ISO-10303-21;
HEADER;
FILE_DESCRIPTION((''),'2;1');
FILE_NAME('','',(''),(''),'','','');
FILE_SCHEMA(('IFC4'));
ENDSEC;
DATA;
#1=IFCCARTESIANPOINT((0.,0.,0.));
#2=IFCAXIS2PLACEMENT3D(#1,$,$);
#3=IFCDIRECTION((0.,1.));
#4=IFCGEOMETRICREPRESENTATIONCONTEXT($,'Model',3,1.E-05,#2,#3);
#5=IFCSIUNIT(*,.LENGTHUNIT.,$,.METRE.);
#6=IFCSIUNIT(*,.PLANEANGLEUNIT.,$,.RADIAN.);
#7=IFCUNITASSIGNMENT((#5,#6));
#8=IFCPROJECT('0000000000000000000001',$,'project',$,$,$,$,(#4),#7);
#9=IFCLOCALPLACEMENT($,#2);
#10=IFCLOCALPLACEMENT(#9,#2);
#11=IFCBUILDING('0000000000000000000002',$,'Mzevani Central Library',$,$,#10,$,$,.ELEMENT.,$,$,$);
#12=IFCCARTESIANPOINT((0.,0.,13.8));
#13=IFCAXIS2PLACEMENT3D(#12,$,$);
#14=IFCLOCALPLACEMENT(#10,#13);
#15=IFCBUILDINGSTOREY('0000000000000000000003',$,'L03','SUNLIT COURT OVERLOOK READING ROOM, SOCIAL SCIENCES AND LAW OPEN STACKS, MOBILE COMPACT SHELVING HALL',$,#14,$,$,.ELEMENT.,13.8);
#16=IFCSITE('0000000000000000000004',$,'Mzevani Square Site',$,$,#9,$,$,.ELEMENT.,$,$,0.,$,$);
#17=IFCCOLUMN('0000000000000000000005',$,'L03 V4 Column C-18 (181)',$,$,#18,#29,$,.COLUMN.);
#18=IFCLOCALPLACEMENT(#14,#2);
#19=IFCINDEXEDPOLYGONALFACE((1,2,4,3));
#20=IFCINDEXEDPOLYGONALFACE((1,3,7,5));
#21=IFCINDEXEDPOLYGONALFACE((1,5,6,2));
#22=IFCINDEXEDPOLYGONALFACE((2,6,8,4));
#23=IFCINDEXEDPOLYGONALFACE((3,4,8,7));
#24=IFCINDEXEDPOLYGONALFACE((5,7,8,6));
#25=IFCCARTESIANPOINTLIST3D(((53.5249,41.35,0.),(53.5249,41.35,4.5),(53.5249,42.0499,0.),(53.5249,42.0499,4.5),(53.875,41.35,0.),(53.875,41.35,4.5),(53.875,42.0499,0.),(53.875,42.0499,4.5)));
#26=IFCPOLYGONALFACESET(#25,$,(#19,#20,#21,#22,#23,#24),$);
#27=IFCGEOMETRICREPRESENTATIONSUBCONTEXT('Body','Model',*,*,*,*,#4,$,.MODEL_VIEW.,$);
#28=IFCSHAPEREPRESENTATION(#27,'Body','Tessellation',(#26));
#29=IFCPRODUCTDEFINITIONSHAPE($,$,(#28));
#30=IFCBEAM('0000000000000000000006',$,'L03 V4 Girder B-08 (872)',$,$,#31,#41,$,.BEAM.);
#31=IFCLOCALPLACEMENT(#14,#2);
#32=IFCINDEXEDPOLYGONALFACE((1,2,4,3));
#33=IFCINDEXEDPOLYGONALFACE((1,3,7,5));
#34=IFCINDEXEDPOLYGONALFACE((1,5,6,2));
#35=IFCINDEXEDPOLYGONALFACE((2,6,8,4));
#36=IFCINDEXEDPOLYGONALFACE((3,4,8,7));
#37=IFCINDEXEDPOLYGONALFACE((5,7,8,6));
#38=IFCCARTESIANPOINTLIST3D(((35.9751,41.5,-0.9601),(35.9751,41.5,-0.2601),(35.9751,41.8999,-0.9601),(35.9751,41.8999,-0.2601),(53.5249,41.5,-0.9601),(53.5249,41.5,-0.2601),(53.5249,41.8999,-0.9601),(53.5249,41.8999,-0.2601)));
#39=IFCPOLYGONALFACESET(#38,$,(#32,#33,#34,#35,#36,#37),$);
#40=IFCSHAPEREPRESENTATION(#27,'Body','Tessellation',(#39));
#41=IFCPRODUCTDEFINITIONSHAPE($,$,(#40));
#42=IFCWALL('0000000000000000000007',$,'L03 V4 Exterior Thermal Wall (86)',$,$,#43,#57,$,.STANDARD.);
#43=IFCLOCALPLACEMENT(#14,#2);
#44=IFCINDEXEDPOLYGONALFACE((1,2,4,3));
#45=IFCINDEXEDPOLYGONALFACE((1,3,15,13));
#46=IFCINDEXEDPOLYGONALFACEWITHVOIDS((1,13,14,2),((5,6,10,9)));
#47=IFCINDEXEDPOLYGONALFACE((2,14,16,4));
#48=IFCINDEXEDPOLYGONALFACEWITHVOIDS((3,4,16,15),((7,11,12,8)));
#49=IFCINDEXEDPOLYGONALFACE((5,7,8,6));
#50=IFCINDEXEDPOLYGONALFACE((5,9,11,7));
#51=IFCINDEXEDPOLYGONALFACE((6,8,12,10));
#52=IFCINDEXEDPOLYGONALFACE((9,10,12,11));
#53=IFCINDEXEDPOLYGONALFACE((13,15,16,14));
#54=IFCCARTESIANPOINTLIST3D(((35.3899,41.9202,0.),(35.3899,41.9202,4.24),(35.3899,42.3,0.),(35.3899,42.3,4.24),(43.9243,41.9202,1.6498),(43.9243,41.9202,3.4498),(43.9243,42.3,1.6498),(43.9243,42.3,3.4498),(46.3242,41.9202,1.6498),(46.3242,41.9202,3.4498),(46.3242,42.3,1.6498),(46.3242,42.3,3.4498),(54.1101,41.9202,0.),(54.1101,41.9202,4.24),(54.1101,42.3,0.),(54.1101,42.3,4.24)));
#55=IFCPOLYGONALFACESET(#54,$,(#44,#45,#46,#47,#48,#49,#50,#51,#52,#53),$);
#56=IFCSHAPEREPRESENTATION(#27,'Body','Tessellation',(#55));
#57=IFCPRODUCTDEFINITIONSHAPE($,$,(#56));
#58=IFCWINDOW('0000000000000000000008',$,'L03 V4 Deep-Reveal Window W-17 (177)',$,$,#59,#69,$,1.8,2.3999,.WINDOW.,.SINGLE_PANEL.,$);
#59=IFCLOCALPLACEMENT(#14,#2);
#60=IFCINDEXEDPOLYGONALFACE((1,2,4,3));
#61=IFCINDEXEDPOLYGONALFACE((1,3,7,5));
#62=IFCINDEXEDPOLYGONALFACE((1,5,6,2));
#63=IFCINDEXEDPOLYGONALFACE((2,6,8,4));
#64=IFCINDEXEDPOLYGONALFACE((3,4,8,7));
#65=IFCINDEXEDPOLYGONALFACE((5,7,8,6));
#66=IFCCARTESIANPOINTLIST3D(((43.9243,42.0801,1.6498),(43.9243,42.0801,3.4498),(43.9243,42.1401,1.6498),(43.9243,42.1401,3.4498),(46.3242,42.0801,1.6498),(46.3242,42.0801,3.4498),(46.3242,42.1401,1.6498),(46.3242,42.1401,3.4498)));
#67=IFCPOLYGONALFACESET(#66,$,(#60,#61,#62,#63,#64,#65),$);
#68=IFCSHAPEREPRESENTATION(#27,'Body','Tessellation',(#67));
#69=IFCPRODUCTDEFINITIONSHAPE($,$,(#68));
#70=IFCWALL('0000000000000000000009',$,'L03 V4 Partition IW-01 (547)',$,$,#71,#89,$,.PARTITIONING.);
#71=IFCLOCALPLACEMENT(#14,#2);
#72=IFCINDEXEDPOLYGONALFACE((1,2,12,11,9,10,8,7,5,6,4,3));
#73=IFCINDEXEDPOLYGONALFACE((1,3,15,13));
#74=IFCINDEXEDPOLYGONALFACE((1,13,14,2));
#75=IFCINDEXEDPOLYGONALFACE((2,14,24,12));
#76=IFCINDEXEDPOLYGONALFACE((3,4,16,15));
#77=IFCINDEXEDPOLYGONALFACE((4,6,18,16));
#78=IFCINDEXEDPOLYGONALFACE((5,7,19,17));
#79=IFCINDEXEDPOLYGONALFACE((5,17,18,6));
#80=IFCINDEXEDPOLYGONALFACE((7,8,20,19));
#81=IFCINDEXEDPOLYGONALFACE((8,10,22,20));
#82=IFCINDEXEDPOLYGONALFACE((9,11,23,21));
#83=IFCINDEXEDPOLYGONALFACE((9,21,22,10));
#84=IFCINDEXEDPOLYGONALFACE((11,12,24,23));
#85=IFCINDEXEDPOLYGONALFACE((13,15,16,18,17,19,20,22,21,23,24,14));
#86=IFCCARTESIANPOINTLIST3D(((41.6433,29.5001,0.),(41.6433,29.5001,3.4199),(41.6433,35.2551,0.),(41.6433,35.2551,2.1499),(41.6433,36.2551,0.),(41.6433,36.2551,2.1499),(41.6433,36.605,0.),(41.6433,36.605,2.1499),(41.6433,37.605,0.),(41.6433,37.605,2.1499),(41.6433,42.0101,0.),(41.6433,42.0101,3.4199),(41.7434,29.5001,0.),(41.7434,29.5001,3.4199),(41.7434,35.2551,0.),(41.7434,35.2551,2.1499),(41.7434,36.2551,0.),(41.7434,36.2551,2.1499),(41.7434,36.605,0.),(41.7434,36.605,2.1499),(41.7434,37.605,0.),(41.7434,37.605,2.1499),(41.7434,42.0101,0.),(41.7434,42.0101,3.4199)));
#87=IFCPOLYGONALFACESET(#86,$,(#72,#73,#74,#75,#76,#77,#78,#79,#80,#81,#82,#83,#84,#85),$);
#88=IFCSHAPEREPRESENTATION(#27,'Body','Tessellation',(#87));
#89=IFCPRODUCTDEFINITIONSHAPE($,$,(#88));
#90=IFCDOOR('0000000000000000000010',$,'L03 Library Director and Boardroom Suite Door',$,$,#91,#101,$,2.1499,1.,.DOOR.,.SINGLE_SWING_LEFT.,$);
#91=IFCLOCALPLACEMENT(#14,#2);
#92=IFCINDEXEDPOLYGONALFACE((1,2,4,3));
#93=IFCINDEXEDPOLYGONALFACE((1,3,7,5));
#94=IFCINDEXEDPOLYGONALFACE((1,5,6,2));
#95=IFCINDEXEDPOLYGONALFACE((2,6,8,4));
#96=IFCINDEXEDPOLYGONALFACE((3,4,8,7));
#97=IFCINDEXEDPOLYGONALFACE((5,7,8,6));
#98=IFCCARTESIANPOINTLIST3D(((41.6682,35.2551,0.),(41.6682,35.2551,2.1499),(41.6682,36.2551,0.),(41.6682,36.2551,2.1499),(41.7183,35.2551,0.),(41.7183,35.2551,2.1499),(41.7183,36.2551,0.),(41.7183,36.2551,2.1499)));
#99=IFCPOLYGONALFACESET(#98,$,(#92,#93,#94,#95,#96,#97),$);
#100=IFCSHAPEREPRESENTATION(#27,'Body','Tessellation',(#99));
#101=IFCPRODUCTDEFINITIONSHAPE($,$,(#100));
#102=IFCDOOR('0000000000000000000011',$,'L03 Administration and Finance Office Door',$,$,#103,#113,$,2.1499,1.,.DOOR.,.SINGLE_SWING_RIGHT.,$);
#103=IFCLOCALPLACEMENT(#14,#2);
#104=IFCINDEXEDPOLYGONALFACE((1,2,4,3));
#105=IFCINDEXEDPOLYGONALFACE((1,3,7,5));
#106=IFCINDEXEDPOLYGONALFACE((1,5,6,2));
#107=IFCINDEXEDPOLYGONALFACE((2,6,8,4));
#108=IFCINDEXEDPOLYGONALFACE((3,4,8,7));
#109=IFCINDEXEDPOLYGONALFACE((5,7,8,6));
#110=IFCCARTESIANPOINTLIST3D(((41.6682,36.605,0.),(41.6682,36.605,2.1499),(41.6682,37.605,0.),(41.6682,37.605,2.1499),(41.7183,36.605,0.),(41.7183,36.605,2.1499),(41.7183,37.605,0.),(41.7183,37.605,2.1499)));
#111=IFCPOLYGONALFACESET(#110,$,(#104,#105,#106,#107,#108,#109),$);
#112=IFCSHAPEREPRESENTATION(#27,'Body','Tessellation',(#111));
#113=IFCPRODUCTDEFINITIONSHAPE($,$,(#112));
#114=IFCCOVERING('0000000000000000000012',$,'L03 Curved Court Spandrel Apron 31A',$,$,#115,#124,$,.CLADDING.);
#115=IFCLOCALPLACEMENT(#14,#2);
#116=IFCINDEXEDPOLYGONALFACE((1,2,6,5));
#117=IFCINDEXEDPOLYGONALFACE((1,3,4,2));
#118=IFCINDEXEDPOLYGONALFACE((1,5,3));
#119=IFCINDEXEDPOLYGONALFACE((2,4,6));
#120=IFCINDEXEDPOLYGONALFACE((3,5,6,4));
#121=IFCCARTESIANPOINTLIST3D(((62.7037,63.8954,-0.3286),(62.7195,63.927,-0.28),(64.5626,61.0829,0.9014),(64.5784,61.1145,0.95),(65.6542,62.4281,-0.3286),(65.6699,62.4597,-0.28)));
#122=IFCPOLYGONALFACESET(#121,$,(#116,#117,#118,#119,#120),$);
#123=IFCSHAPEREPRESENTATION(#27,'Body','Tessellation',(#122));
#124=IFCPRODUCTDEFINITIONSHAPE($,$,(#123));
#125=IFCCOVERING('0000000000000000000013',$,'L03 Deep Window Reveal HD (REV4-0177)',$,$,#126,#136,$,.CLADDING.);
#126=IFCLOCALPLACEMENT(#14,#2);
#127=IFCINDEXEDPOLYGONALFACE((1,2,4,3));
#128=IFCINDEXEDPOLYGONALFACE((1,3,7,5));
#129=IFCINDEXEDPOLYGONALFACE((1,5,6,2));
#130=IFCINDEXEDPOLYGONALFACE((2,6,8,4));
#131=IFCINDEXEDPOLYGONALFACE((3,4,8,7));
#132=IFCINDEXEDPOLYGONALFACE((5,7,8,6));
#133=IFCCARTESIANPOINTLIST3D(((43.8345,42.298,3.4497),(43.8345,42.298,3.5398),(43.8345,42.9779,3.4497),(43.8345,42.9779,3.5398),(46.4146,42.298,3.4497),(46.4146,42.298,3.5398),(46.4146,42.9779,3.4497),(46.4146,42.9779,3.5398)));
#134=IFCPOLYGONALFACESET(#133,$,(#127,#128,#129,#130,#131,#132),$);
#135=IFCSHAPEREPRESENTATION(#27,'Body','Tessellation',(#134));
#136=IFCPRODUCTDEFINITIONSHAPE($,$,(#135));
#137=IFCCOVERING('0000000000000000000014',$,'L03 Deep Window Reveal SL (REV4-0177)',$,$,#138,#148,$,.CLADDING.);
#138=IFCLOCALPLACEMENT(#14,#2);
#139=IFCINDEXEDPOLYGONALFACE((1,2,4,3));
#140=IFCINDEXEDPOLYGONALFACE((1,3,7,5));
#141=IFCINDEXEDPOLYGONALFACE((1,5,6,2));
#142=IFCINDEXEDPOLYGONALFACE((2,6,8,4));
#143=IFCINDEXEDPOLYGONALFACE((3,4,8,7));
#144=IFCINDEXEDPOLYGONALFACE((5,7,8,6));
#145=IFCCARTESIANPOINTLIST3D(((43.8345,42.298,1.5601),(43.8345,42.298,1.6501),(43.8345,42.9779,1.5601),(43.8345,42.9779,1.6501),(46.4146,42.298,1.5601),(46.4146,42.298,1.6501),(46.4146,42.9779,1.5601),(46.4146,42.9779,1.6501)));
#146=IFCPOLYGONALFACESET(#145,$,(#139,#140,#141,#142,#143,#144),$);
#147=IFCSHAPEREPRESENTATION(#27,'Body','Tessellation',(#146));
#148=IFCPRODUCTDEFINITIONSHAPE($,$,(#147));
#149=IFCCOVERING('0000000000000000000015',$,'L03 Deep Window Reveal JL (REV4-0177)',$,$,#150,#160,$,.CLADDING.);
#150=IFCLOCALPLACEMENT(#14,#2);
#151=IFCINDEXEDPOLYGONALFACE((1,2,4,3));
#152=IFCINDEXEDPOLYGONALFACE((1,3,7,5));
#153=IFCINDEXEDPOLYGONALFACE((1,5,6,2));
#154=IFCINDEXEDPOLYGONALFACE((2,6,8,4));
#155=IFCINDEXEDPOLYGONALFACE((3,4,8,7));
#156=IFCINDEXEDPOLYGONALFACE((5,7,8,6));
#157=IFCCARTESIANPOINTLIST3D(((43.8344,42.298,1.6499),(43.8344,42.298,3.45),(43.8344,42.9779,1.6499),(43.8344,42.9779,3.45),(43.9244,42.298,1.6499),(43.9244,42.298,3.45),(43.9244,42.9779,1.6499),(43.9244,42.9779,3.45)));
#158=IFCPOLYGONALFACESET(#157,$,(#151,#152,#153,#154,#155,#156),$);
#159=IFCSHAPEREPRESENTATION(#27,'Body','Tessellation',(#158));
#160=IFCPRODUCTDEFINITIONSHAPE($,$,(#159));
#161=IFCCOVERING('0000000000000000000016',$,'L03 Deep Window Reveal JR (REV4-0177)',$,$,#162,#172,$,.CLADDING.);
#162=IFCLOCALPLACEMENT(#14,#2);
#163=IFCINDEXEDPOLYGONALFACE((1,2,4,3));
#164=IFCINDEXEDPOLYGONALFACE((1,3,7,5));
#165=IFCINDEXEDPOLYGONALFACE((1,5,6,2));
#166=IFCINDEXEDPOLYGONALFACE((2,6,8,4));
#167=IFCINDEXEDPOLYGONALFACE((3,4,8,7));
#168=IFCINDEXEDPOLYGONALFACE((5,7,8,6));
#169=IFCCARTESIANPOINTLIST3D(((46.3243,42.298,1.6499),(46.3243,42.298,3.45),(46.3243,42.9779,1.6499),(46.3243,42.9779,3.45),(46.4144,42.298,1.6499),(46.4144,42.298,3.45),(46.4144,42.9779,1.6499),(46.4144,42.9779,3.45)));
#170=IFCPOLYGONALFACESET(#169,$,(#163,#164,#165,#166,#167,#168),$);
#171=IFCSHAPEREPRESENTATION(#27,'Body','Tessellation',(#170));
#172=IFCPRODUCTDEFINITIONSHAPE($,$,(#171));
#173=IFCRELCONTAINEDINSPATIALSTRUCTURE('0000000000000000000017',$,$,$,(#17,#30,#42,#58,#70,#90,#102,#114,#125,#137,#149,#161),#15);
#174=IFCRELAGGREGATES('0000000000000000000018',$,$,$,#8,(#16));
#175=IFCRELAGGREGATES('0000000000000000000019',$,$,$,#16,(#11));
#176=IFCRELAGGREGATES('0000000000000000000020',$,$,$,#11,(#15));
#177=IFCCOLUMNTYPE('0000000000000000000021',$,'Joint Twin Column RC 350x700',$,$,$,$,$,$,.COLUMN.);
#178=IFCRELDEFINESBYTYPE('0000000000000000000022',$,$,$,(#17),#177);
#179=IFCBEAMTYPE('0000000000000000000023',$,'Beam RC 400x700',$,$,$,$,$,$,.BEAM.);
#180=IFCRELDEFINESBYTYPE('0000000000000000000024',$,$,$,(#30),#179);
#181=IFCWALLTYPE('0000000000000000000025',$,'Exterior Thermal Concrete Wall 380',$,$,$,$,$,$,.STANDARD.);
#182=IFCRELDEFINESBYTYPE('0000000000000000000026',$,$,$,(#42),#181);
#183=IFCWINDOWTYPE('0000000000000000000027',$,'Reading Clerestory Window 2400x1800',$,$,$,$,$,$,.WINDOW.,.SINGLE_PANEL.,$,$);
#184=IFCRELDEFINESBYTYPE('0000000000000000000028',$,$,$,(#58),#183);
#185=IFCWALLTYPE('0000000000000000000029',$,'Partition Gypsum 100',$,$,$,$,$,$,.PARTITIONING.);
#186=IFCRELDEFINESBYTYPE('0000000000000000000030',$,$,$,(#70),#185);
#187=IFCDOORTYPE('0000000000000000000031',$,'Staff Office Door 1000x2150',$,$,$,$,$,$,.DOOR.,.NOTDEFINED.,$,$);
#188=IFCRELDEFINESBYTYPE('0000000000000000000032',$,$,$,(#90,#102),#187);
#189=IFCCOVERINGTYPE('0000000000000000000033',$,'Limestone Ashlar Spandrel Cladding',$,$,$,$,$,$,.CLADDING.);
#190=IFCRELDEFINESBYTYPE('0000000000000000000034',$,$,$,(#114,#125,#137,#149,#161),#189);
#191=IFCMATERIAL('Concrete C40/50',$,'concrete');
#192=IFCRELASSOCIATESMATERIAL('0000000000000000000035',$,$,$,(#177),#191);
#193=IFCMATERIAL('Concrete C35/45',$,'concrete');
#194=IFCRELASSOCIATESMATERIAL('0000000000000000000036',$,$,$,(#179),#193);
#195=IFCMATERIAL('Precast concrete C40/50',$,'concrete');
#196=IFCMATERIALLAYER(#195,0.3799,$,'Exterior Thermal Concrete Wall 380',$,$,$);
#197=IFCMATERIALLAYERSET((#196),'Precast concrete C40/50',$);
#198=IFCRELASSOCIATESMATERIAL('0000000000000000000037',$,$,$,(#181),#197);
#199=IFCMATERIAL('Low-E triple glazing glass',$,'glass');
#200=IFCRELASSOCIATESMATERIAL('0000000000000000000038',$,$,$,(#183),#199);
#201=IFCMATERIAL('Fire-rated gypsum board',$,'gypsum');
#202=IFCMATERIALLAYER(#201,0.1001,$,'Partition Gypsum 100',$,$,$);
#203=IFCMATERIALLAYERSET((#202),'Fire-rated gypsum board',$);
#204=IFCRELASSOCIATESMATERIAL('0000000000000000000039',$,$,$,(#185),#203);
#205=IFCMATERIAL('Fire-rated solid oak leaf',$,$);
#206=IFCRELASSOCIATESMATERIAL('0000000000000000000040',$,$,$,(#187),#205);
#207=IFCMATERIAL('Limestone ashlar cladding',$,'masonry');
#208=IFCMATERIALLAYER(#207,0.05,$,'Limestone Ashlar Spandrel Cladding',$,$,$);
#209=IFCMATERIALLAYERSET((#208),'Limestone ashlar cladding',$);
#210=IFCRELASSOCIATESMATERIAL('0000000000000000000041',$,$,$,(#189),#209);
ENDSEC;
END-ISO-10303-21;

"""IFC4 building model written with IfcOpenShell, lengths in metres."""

from ifc_helpers import new_model, si_unit, direction, frame, frame_2d, origin, origin_2d, place, context, subcontext, project, spatial, polyline, rectangle, outline, extrude, material, layer, layer_set, material_profile, profile_set, type_object, element, fill, save


model = new_model("IFC4")

# Units and contexts
model_context = context("Model", 3, precision=1e-05, world=origin(), true_north=direction((0.0, 1.0)))
body_context = subcontext(model_context, "Body", "Model", "MODEL_VIEW")
ifc_project = project(units=[si_unit("LENGTHUNIT", "METRE"), si_unit("PLANEANGLEUNIT", "RADIAN")], contexts=[model_context])

# Site, building, storey
site_placement = place(None, origin())
site = spatial("IfcSite", under=ifc_project, at=site_placement, Name="Mzevani Square Site", CompositionType="ELEMENT", RefElevation=0.0)
building_placement = place(site_placement, origin())
building = spatial("IfcBuilding", under=site, at=building_placement, Name="Mzevani Central Library", CompositionType="ELEMENT")
storey_placement = place(building_placement, frame((0.0, 0.0, 13.8)))
storey = spatial("IfcBuildingStorey", under=building, at=storey_placement, Name="L03", Description="SUNLIT COURT OVERLOOK READING ROOM, SOCIAL SCIENCES AND LAW OPEN STACKS, MOBILE COMPACT SHELVING HALL", CompositionType="ELEMENT", Elevation=13.8)

# Column
ifc_material_1 = material(Name="Concrete C40/50", Category="concrete")
ifc_material_profile_1 = material_profile(ifc_material_1, rectangle(XDim=0.3501, YDim=0.7, at=origin_2d()), Name="RC 350x700")
ifc_profile_set_1 = profile_set([ifc_material_profile_1], Name="Concrete C40/50")
column_type = type_object("IfcColumnType", Name="Joint Twin Column RC 350x700", PredefinedType="COLUMN", material=ifc_profile_set_1)
column_placement = place(storey_placement, frame((53.7, 41.7, 0.0), z_axis=(0.0, 0.0, 1.0), x_axis=(1.0, 0.0, 0.0)))
element("IfcColumn", 1, at=column_placement, inside=storey, type_object=column_type, Name="L03 V4 Column C-18 (181)", PredefinedType="COLUMN", context=body_context, shape_type="SweptSolid", body=[
    extrude(rectangle(XDim=0.3501, YDim=0.7, at=origin_2d()), origin(), (0.0, 0.0, 1.0), 4.5),
])

# Beam
ifc_material_2 = material(Name="Concrete C35/45", Category="concrete")
ifc_material_profile_2 = material_profile(ifc_material_2, rectangle(XDim=0.3999, YDim=0.7, at=origin_2d()), Name="RC B400x700")
ifc_profile_set_2 = profile_set([ifc_material_profile_2], Name="Concrete C35/45")
beam_type = type_object("IfcBeamType", Name="Beam RC 400x700", PredefinedType="BEAM", material=ifc_profile_set_2)
beam_placement = place(storey_placement, frame((35.9751, 41.7, -0.6101), z_axis=(1.0, 0.0, 0.0), x_axis=(0.0, 1.0, 0.0)))
element("IfcBeam", 2, at=beam_placement, inside=storey, type_object=beam_type, Name="L03 V4 Girder B-08 (872)", PredefinedType="BEAM", context=body_context, shape_type="SweptSolid", body=[
    extrude(rectangle(XDim=0.3999, YDim=0.7, at=origin_2d()), origin(), (0.0, 0.0, 1.0), 17.5498),
])

# Wall, opening, window
ifc_material_3 = material(Name="Precast concrete C40/50", Category="concrete")
ifc_layer_1 = layer(ifc_material_3, 0.3799, Name="Exterior Thermal Concrete Wall 380")
ifc_layer_set_1 = layer_set([ifc_layer_1], Name="Precast concrete C40/50")
wall_type_1 = type_object("IfcWallType", Name="Exterior Thermal Concrete Wall 380", PredefinedType="STANDARD", material=ifc_layer_set_1)
wall_1_placement = place(storey_placement, frame((35.3899, 42.1101, 0.0), z_axis=(0.0, 0.0, 1.0), x_axis=(1.0, 0.0, 0.0)))
wall_1 = element("IfcWall", 3, at=wall_1_placement, inside=storey, type_object=wall_type_1, Name="L03 V4 Exterior Thermal Wall (86)", PredefinedType="STANDARD", context=body_context, shape_type="SweptSolid", body=[
    extrude(rectangle(XDim=18.7202, YDim=0.3799, at=frame_2d((9.3601, 0.0))), origin(), (0.0, 0.0, 1.0), 4.24),
])
opening_1_placement = place(wall_1_placement, frame((8.5344, 0.0, 1.6499)))
opening_1 = element("IfcOpeningElement", 4, at=opening_1_placement, cuts=wall_1, PredefinedType="OPENING", context=body_context, shape_type="SweptSolid", body=[
    extrude(rectangle(XDim=2.3999, YDim=1.8, at=frame_2d((1.2, 0.8999))), frame((0.0, 0.2, 0.0), z_axis=(0.0, -1.0, 0.0), x_axis=(1.0, 0.0, 0.0)), (0.0, 0.0, 1.0), 0.3999),
])
ifc_material_4 = material(Name="Low-E triple glazing glass", Category="glass")
window_type_1 = type_object("IfcWindowType", Name="Reading Clerestory Window 2400x1800", PartitioningType="SINGLE_PANEL", PredefinedType="WINDOW", material=ifc_material_4)
window_1_placement = place(opening_1_placement, origin())
window_1 = element("IfcWindow", 5, at=window_1_placement, inside=storey, type_object=window_type_1, Name="L03 V4 Deep-Reveal Window W-17 (177)", OverallHeight=1.8, OverallWidth=2.3999, PartitioningType="SINGLE_PANEL", PredefinedType="WINDOW", context=body_context, shape_type="SweptSolid", body=[
    extrude(rectangle(XDim=2.3999, YDim=1.8, at=frame_2d((1.2, 0.8999))), frame((0.0, 0.03, 0.0), z_axis=(0.0, -1.0, 0.0), x_axis=(1.0, 0.0, 0.0)), (0.0, 0.0, 1.0), 0.0601),
])
fill(opening_1, window_1)

# Wall, openings, doors
ifc_material_5 = material(Name="Fire-rated gypsum board", Category="gypsum")
ifc_layer_2 = layer(ifc_material_5, 0.1001, Name="Partition Gypsum 100")
ifc_layer_set_2 = layer_set([ifc_layer_2], Name="Fire-rated gypsum board")
wall_type_2 = type_object("IfcWallType", Name="Partition Gypsum 100", PredefinedType="PARTITIONING", material=ifc_layer_set_2)
wall_2_placement = place(storey_placement, frame((41.6934, 42.01, 0.0), z_axis=(0.0, 0.0, 1.0), x_axis=(0.0, -1.0, 0.0)))
wall_2 = element("IfcWall", 6, at=wall_2_placement, inside=storey, type_object=wall_type_2, Name="L03 V4 Partition IW-01 (547)", PredefinedType="PARTITIONING", context=body_context, shape_type="SweptSolid", body=[
    extrude(rectangle(XDim=12.51, YDim=0.1001, at=frame_2d((6.2549, 0.0))), origin(), (0.0, 0.0, 1.0), 3.4199),
])
opening_2_placement = place(wall_2_placement, frame((5.7549, 0.0, 0.0)))
opening_2 = element("IfcOpeningElement", 7, at=opening_2_placement, cuts=wall_2, PredefinedType="OPENING", context=body_context, shape_type="SweptSolid", body=[
    extrude(rectangle(XDim=1.0, YDim=2.1499, at=frame_2d((0.5, 1.075))), frame((0.0, 0.0601, 0.0), z_axis=(0.0, -1.0, 0.0), x_axis=(1.0, 0.0, 0.0)), (0.0, 0.0, 1.0), 0.1201),
])
opening_3_placement = place(wall_2_placement, frame((4.405, 0.0, 0.0)))
opening_3 = element("IfcOpeningElement", 8, at=opening_3_placement, cuts=wall_2, PredefinedType="OPENING", context=body_context, shape_type="SweptSolid", body=[
    extrude(rectangle(XDim=1.0, YDim=2.1499, at=frame_2d((0.5, 1.075))), frame((0.0, 0.0601, 0.0), z_axis=(0.0, -1.0, 0.0), x_axis=(1.0, 0.0, 0.0)), (0.0, 0.0, 1.0), 0.1201),
])
ifc_material_6 = material(Name="Fire-rated solid oak leaf")
door_type = type_object("IfcDoorType", Name="Staff Office Door 1000x2150", OperationType="NOTDEFINED", PredefinedType="DOOR", material=ifc_material_6)
door_1_placement = place(opening_2_placement, origin())
door_1 = element("IfcDoor", 9, at=door_1_placement, inside=storey, type_object=door_type, Name="L03 Library Director and Boardroom Suite Door", OperationType="SINGLE_SWING_LEFT", OverallHeight=2.1499, OverallWidth=1.0, PredefinedType="DOOR", context=body_context, shape_type="SweptSolid", body=[
    extrude(rectangle(XDim=1.0, YDim=2.1499, at=frame_2d((0.5, 1.075))), frame((0.0, 0.0249, 0.0), z_axis=(0.0, -1.0, 0.0), x_axis=(1.0, 0.0, 0.0)), (0.0, 0.0, 1.0), 0.05),
])
fill(opening_2, door_1)
door_2_placement = place(opening_3_placement, origin())
door_2 = element("IfcDoor", 10, at=door_2_placement, inside=storey, type_object=door_type, Name="L03 Administration and Finance Office Door", OperationType="SINGLE_SWING_RIGHT", OverallHeight=2.1499, OverallWidth=1.0, PredefinedType="DOOR", context=body_context, shape_type="SweptSolid", body=[
    extrude(rectangle(XDim=1.0, YDim=2.1499, at=frame_2d((0.5, 1.075))), frame((0.0, 0.0249, 0.0), z_axis=(0.0, -1.0, 0.0), x_axis=(1.0, 0.0, 0.0)), (0.0, 0.0, 1.0), 0.05),
])
fill(opening_3, door_2)

# Coverings
ifc_material_7 = material(Name="Limestone ashlar cladding", Category="masonry")
ifc_layer_3 = layer(ifc_material_7, 0.05, Name="Limestone Ashlar Spandrel Cladding")
ifc_layer_set_3 = layer_set([ifc_layer_3], Name="Limestone ashlar cladding")
covering_type = type_object("IfcCoveringType", Name="Limestone Ashlar Spandrel Cladding", PredefinedType="CLADDING", material=ifc_layer_set_3)
covering_1_placement = place(storey_placement, frame((62.7195, 63.927, -0.28), z_axis=(0.261974, 0.526781, 0.808624), x_axis=(0.895388, -0.445286, 0.0)))
element("IfcCovering", 11, at=covering_1_placement, inside=storey, type_object=covering_type, Name="L03 Curved Court Spandrel Apron 31A", PredefinedType="CLADDING", context=body_context, shape_type="SweptSolid", body=[
    extrude(outline(polyline([(0.0, 0.0), (3.2952, 0.0), (2.9168, -2.0906), (0.0, 0.0)])), origin(), (0.0, 0.0, -1.0), 0.0601),
])
for number, where, z_axis, x_axis, name in (
    (12, (45.1245, 42.6379, 3.4497), (0.0, 0.0, 1.0), (1.0, 0.0, 0.0), "L03 Deep Window Reveal HD (REV4-0177)"),
    (13, (45.1245, 42.6379, 1.5601), (0.0, 0.0, 1.0), (1.0, 0.0, 0.0), "L03 Deep Window Reveal SL (REV4-0177)"),
):
    element("IfcCovering", number, at=place(storey_placement, frame(where, z_axis=z_axis, x_axis=x_axis)), inside=storey, type_object=covering_type, Name=name, PredefinedType="CLADDING", context=body_context, shape_type="SweptSolid", body=[
        extrude(rectangle(XDim=2.5801, YDim=0.6799, at=origin_2d()), origin(), (0.0, 0.0, 1.0), 0.0901),
    ])
for number, where, z_axis, x_axis, name in (
    (14, (43.8794, 42.6379, 1.6499), (0.0, 0.0, 1.0), (1.0, 0.0, 0.0), "L03 Deep Window Reveal JL (REV4-0177)"),
    (15, (46.3694, 42.6379, 1.6499), (0.0, 0.0, 1.0), (1.0, 0.0, 0.0), "L03 Deep Window Reveal JR (REV4-0177)"),
):
    element("IfcCovering", number, at=place(storey_placement, frame(where, z_axis=z_axis, x_axis=x_axis)), inside=storey, type_object=covering_type, Name=name, PredefinedType="CLADDING", context=body_context, shape_type="SweptSolid", body=[
        extrude(rectangle(XDim=0.0901, YDim=0.6799, at=origin_2d()), origin(), (0.0, 0.0, 1.0), 1.8),
    ])

save(model, "model.ifc")
